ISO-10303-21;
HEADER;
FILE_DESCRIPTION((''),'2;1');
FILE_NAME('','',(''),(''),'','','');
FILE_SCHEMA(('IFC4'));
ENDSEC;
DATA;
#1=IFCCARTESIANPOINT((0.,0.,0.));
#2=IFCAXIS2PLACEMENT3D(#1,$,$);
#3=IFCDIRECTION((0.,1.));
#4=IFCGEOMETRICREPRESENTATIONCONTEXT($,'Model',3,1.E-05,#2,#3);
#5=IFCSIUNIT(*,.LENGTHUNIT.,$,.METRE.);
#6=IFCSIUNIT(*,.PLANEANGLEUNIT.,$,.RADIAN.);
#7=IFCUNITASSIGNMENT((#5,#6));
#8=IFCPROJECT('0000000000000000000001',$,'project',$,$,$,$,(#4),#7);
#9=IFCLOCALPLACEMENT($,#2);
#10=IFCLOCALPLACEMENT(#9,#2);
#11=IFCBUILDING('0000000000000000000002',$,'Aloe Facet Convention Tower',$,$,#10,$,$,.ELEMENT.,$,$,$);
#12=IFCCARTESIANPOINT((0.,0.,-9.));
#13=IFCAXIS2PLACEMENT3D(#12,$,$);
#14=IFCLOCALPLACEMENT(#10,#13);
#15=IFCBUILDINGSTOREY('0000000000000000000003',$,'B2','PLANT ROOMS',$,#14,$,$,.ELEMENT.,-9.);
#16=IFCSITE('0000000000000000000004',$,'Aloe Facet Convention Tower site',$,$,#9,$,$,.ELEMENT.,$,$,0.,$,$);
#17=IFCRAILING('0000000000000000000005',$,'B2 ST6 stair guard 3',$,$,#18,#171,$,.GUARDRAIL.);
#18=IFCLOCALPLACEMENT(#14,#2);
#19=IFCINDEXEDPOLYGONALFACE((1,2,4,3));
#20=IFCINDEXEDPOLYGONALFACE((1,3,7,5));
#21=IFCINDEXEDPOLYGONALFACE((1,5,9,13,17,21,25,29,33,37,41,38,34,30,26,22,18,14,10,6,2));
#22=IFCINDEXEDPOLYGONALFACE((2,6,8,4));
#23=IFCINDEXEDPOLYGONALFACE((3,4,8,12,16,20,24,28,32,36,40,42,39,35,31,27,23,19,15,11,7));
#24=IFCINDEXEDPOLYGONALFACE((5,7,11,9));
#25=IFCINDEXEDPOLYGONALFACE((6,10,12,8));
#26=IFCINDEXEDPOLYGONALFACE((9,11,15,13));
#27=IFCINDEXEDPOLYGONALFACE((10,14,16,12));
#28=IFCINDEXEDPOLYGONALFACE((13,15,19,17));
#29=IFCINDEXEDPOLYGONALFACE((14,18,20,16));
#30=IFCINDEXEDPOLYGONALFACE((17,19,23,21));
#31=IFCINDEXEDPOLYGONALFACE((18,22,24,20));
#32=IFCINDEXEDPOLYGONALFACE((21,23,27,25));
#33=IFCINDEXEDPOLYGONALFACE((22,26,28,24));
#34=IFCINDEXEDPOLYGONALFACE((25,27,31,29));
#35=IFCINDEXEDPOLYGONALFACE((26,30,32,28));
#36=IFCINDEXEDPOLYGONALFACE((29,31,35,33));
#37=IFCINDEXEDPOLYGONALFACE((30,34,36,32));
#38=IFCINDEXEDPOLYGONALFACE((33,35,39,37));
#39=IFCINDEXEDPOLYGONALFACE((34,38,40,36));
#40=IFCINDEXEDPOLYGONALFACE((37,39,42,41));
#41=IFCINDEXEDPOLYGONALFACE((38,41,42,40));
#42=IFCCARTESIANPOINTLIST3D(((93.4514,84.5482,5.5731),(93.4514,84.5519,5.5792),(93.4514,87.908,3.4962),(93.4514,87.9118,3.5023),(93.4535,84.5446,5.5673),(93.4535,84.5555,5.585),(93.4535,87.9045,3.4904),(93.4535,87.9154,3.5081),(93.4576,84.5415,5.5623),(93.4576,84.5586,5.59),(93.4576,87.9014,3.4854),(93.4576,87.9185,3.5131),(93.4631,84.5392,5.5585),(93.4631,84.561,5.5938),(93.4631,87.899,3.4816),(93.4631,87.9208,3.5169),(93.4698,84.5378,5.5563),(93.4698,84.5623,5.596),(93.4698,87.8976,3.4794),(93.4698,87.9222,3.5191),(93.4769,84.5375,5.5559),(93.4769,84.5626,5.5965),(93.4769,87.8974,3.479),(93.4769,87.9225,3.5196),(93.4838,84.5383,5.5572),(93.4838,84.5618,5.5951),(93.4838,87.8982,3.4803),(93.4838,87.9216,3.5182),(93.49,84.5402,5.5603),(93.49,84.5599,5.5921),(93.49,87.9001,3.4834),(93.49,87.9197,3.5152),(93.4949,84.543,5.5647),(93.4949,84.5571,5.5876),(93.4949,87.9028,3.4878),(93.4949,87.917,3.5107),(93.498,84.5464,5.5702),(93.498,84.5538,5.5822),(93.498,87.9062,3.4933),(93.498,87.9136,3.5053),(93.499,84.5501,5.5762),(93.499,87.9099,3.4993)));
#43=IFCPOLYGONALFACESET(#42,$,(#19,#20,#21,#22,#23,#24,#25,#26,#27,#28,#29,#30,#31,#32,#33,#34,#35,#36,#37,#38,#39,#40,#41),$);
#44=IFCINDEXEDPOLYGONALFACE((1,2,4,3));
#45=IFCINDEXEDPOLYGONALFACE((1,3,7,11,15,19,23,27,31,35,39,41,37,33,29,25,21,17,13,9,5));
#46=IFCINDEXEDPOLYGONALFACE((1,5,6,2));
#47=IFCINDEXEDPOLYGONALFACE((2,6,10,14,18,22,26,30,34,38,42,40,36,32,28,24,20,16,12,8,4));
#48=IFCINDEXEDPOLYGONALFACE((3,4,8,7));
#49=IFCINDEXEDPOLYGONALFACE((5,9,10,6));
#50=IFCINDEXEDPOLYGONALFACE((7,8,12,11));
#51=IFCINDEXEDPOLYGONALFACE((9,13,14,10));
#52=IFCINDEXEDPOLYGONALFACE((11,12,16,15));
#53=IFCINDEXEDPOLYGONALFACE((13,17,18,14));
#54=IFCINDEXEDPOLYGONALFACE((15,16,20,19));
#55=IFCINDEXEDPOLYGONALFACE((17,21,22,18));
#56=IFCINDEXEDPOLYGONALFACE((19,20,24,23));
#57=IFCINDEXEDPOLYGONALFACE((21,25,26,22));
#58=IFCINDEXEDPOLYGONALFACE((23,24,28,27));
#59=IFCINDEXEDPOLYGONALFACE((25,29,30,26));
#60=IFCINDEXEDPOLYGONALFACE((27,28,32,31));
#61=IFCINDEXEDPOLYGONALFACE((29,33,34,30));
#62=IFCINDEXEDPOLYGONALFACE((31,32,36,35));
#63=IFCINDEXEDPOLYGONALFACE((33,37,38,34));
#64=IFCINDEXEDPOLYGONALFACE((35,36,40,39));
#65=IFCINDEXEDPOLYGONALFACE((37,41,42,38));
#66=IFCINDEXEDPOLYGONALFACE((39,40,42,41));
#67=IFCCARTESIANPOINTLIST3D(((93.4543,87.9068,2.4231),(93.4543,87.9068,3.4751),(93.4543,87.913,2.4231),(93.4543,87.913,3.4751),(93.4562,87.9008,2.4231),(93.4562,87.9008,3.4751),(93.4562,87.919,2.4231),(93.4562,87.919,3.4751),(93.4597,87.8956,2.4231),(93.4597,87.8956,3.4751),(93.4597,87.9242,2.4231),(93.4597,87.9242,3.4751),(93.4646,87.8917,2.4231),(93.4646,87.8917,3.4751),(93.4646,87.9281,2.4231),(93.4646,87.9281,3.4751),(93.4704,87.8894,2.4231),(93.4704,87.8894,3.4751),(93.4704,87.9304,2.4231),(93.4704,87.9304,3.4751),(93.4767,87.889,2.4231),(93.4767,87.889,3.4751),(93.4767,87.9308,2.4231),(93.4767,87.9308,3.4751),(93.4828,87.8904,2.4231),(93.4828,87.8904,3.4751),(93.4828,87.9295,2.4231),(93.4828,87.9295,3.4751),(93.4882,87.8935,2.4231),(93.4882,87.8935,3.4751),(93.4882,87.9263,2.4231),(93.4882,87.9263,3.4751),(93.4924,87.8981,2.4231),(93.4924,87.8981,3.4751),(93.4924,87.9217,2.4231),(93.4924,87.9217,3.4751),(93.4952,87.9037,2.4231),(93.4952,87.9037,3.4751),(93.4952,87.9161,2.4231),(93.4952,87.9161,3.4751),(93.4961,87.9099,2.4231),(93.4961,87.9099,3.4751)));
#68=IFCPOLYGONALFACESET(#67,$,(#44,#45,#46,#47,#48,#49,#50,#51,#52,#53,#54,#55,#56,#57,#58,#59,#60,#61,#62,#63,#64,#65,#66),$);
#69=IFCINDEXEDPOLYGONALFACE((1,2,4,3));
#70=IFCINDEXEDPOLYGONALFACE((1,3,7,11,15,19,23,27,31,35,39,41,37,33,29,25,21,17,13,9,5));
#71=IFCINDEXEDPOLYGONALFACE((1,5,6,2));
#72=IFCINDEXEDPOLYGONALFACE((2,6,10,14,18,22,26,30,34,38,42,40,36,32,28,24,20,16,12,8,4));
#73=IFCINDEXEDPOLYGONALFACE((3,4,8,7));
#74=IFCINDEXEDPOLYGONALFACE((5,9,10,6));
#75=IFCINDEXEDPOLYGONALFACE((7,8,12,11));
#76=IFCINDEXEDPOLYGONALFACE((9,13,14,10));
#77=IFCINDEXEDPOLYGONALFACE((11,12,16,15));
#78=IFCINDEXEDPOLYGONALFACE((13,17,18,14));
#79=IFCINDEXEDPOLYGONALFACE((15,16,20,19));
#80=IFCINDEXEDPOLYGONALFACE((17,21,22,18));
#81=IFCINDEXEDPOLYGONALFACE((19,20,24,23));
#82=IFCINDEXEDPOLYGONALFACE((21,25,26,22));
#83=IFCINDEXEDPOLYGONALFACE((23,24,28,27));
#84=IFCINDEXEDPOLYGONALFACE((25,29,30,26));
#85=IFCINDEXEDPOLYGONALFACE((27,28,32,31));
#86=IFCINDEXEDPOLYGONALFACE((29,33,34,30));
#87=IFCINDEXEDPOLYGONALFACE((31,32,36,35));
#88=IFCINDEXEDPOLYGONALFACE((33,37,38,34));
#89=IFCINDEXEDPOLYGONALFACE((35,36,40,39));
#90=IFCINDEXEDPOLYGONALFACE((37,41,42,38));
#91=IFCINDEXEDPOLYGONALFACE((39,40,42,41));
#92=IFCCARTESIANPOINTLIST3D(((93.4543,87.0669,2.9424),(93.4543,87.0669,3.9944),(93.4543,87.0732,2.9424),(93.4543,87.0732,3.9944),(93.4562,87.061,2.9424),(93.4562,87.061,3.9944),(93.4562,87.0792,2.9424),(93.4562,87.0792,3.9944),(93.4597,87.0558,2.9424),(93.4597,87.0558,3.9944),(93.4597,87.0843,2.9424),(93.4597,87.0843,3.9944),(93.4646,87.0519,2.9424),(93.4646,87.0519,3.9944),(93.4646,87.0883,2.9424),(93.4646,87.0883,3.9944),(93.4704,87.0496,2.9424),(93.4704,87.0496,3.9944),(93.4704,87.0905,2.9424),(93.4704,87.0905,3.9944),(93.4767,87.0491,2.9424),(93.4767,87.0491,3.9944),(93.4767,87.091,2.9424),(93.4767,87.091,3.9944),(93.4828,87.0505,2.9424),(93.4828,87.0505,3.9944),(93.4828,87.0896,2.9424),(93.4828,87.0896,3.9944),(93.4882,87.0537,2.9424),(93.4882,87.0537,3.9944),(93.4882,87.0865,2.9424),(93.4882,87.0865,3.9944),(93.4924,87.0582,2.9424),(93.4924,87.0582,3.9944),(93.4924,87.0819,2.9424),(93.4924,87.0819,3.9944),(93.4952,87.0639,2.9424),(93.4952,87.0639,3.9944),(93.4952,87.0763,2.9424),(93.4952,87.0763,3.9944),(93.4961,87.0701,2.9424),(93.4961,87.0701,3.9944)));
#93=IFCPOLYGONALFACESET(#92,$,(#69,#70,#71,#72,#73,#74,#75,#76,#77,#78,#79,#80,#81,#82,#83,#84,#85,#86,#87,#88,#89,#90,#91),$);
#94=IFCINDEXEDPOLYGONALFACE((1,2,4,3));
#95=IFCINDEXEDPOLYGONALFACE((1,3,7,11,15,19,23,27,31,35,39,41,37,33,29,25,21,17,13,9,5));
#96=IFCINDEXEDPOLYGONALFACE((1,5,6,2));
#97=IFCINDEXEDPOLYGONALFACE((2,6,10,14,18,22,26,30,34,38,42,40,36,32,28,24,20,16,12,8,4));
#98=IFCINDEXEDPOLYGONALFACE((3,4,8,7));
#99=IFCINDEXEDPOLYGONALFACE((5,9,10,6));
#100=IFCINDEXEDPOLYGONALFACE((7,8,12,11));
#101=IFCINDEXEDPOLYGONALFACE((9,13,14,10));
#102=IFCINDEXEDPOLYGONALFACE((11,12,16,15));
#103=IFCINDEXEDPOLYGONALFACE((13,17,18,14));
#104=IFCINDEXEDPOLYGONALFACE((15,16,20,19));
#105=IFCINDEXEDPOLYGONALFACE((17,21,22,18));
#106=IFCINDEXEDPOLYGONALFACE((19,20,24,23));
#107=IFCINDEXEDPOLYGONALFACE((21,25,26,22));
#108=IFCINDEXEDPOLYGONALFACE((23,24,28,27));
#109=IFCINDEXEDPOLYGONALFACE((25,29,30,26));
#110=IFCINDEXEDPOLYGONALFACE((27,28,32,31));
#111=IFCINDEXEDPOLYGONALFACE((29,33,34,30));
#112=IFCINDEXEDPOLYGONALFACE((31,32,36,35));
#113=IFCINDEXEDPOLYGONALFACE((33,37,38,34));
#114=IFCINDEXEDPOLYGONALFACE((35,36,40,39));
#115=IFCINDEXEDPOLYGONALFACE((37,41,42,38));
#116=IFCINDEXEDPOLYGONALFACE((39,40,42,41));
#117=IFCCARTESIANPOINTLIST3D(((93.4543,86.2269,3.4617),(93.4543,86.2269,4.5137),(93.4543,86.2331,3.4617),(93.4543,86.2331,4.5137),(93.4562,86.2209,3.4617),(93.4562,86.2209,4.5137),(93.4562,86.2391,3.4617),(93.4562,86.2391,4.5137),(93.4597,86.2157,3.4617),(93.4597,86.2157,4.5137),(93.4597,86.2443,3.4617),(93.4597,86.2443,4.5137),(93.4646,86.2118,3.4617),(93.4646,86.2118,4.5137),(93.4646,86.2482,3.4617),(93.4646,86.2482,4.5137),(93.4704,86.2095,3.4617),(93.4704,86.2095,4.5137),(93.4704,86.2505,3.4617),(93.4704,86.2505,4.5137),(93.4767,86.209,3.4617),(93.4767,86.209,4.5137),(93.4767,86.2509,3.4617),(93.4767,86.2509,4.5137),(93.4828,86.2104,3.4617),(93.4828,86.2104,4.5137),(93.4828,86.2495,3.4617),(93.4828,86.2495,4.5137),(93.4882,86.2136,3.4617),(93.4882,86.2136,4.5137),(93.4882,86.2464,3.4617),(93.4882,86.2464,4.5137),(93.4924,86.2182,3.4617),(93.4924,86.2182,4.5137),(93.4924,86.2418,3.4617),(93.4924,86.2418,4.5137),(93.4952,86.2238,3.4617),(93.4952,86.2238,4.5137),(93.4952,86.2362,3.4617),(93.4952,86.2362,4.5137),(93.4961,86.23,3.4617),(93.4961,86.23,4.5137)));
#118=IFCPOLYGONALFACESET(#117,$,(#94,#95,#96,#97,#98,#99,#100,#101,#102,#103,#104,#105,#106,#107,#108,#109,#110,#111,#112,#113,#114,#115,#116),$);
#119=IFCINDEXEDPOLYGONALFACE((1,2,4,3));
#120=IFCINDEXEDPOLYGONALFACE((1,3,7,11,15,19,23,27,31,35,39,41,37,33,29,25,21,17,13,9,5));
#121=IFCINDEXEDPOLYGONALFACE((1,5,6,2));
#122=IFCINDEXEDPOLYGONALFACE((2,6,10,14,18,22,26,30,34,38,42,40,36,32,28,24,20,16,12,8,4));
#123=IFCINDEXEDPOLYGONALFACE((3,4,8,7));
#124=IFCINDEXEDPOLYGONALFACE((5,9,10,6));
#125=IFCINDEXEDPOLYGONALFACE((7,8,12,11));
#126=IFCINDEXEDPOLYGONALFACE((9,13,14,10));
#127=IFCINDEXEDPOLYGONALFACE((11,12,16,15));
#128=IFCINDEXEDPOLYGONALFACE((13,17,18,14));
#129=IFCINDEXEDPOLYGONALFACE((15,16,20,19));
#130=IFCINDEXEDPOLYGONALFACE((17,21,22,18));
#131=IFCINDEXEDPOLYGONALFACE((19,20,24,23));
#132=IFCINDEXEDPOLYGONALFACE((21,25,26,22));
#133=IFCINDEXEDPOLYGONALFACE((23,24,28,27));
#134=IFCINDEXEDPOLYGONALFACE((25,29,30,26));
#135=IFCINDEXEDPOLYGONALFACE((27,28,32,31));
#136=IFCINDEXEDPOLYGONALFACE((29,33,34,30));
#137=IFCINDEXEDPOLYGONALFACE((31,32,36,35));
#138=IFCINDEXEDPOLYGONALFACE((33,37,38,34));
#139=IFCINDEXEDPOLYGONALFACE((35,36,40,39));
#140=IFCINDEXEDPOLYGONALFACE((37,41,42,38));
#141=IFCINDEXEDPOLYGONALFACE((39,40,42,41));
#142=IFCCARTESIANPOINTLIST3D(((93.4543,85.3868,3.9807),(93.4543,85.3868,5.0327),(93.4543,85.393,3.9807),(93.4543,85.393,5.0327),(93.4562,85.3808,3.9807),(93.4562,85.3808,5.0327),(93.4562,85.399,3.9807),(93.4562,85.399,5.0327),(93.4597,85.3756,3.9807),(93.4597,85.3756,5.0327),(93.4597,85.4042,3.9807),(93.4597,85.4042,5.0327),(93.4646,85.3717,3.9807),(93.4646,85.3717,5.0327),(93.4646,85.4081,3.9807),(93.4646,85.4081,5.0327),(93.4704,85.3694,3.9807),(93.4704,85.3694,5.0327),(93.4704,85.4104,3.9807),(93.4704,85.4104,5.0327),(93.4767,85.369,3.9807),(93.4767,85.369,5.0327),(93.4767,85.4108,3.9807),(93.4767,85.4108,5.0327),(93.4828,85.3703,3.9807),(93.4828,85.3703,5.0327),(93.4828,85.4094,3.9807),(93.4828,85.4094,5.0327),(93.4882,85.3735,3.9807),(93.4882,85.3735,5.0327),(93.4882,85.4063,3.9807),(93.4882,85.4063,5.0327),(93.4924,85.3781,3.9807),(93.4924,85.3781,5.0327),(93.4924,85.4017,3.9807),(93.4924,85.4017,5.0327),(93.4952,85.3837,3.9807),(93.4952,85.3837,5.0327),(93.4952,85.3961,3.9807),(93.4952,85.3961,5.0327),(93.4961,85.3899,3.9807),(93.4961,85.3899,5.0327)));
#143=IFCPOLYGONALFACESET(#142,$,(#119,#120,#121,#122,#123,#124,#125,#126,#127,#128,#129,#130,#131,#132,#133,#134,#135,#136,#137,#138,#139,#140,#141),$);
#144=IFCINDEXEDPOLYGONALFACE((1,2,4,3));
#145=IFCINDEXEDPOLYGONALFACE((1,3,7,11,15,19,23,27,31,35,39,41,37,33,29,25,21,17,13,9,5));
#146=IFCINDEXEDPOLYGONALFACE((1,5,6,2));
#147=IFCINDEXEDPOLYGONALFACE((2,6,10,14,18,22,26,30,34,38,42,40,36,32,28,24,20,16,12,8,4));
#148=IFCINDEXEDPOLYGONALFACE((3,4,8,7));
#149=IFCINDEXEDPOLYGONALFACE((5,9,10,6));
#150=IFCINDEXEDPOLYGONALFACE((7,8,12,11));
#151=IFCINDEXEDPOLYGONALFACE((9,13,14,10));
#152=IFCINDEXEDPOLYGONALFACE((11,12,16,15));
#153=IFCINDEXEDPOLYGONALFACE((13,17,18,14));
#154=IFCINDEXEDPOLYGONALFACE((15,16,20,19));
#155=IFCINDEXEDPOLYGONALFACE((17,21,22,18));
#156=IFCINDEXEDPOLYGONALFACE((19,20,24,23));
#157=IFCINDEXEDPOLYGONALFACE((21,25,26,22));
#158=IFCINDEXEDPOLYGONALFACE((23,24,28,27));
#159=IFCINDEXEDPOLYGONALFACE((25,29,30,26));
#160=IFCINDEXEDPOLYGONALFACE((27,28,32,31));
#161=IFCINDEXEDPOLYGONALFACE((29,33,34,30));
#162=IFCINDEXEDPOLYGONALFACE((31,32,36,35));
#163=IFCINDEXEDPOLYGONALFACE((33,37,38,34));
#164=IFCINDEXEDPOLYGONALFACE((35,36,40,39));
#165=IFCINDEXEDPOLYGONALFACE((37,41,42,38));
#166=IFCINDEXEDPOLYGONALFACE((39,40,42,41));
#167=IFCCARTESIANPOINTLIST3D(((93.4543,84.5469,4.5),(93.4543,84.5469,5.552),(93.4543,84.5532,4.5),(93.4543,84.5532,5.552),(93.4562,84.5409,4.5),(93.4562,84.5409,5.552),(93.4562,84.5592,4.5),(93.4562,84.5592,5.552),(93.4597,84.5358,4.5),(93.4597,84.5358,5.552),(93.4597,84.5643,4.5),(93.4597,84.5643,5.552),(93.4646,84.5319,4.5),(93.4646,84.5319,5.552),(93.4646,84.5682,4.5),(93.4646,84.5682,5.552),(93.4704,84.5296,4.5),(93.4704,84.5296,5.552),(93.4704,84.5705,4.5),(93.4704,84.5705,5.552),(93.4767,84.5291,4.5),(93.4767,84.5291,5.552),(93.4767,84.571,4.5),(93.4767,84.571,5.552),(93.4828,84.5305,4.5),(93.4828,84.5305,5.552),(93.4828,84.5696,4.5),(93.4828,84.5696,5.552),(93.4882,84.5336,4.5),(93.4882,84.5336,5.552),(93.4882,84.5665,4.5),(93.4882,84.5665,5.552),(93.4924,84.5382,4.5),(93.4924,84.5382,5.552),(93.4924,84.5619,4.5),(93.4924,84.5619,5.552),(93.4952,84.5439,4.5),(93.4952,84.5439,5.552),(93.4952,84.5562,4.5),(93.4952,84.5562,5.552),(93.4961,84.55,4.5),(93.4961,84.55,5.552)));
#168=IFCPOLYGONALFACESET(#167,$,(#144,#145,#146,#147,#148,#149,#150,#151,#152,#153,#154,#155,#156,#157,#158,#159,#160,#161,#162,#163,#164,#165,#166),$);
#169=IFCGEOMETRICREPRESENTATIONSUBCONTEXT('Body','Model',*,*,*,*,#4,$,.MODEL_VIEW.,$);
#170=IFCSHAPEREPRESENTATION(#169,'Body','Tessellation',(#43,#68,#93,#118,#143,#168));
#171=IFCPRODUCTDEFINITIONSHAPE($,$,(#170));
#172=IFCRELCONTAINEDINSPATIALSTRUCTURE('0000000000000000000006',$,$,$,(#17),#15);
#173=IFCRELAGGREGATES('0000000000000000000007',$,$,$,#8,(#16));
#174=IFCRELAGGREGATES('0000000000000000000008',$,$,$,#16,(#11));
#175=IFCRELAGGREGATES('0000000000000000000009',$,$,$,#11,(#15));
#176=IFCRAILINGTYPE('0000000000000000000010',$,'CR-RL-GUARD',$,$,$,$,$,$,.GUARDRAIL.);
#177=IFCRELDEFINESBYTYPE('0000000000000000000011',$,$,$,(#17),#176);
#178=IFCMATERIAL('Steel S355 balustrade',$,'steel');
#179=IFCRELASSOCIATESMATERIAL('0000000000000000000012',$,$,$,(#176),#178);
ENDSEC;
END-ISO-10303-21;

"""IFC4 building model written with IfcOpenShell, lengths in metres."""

from ifc_helpers import new_model, si_unit, direction, frame, origin, origin_2d, place, context, subcontext, project, spatial, circle, extrude, material, type_object, element, save


model = new_model("IFC4")

# Units and contexts
model_context = context("Model", 3, precision=1e-05, world=origin(), true_north=direction((0.0, 1.0)))
body_context = subcontext(model_context, "Body", "Model", "MODEL_VIEW")
ifc_project = project(units=[si_unit("LENGTHUNIT", "METRE"), si_unit("PLANEANGLEUNIT", "RADIAN")], contexts=[model_context])

# Site, building, storey
site_placement = place(None, origin())
site = spatial("IfcSite", under=ifc_project, at=site_placement, Name="Aloe Facet Convention Tower site", CompositionType="ELEMENT", RefElevation=0.0)
building_placement = place(site_placement, origin())
building = spatial("IfcBuilding", under=site, at=building_placement, Name="Aloe Facet Convention Tower", CompositionType="ELEMENT")
storey_placement = place(building_placement, frame((0.0, 0.0, -9.0)))
storey = spatial("IfcBuildingStorey", under=building, at=storey_placement, Name="B2", Description="PLANT ROOMS", CompositionType="ELEMENT", Elevation=-9.0)

# Railing
ifc_material_1 = material(Name="Steel S355 balustrade", Category="steel")
railing_type_1 = type_object("IfcRailingType", Name="CR-RL-GUARD", PredefinedType="GUARDRAIL", material=ifc_material_1)
railing_1_placement = place(storey_placement, frame((93.4751, 87.9099, 2.4231)))
element("IfcRailing", 1, at=railing_1_placement, inside=storey, type_object=railing_type_1, Name="B2 ST6 stair guard 3", PredefinedType="GUARDRAIL", context=body_context, shape_type="SweptSolid", body=[
    extrude(circle(Radius=0.0239, at=origin_2d()), frame((0.0, 0.0, 1.0762), z_axis=(0.0, -0.850606, 0.525803), x_axis=(1.0, 0.0, 0.0)), (0.0, 0.0, 1.0), 3.95),
    extrude(circle(Radius=0.021, at=origin_2d()), origin(), (0.0, 0.0, 1.0), 1.052),
    extrude(circle(Radius=0.021, at=origin_2d()), frame((0.0, -0.8398, 0.5193)), (0.0, 0.0, 1.0), 1.052),
    extrude(circle(Radius=0.021, at=origin_2d()), frame((0.0, -1.6799, 1.0386)), (0.0, 0.0, 1.0), 1.052),
    extrude(circle(Radius=0.021, at=origin_2d()), frame((0.0, -2.52, 1.5576)), (0.0, 0.0, 1.0), 1.052),
    extrude(circle(Radius=0.021, at=origin_2d()), frame((0.0, -3.3599, 2.0769)), (0.0, 0.0, 1.0), 1.052),
])

save(model, "model.ifc")
